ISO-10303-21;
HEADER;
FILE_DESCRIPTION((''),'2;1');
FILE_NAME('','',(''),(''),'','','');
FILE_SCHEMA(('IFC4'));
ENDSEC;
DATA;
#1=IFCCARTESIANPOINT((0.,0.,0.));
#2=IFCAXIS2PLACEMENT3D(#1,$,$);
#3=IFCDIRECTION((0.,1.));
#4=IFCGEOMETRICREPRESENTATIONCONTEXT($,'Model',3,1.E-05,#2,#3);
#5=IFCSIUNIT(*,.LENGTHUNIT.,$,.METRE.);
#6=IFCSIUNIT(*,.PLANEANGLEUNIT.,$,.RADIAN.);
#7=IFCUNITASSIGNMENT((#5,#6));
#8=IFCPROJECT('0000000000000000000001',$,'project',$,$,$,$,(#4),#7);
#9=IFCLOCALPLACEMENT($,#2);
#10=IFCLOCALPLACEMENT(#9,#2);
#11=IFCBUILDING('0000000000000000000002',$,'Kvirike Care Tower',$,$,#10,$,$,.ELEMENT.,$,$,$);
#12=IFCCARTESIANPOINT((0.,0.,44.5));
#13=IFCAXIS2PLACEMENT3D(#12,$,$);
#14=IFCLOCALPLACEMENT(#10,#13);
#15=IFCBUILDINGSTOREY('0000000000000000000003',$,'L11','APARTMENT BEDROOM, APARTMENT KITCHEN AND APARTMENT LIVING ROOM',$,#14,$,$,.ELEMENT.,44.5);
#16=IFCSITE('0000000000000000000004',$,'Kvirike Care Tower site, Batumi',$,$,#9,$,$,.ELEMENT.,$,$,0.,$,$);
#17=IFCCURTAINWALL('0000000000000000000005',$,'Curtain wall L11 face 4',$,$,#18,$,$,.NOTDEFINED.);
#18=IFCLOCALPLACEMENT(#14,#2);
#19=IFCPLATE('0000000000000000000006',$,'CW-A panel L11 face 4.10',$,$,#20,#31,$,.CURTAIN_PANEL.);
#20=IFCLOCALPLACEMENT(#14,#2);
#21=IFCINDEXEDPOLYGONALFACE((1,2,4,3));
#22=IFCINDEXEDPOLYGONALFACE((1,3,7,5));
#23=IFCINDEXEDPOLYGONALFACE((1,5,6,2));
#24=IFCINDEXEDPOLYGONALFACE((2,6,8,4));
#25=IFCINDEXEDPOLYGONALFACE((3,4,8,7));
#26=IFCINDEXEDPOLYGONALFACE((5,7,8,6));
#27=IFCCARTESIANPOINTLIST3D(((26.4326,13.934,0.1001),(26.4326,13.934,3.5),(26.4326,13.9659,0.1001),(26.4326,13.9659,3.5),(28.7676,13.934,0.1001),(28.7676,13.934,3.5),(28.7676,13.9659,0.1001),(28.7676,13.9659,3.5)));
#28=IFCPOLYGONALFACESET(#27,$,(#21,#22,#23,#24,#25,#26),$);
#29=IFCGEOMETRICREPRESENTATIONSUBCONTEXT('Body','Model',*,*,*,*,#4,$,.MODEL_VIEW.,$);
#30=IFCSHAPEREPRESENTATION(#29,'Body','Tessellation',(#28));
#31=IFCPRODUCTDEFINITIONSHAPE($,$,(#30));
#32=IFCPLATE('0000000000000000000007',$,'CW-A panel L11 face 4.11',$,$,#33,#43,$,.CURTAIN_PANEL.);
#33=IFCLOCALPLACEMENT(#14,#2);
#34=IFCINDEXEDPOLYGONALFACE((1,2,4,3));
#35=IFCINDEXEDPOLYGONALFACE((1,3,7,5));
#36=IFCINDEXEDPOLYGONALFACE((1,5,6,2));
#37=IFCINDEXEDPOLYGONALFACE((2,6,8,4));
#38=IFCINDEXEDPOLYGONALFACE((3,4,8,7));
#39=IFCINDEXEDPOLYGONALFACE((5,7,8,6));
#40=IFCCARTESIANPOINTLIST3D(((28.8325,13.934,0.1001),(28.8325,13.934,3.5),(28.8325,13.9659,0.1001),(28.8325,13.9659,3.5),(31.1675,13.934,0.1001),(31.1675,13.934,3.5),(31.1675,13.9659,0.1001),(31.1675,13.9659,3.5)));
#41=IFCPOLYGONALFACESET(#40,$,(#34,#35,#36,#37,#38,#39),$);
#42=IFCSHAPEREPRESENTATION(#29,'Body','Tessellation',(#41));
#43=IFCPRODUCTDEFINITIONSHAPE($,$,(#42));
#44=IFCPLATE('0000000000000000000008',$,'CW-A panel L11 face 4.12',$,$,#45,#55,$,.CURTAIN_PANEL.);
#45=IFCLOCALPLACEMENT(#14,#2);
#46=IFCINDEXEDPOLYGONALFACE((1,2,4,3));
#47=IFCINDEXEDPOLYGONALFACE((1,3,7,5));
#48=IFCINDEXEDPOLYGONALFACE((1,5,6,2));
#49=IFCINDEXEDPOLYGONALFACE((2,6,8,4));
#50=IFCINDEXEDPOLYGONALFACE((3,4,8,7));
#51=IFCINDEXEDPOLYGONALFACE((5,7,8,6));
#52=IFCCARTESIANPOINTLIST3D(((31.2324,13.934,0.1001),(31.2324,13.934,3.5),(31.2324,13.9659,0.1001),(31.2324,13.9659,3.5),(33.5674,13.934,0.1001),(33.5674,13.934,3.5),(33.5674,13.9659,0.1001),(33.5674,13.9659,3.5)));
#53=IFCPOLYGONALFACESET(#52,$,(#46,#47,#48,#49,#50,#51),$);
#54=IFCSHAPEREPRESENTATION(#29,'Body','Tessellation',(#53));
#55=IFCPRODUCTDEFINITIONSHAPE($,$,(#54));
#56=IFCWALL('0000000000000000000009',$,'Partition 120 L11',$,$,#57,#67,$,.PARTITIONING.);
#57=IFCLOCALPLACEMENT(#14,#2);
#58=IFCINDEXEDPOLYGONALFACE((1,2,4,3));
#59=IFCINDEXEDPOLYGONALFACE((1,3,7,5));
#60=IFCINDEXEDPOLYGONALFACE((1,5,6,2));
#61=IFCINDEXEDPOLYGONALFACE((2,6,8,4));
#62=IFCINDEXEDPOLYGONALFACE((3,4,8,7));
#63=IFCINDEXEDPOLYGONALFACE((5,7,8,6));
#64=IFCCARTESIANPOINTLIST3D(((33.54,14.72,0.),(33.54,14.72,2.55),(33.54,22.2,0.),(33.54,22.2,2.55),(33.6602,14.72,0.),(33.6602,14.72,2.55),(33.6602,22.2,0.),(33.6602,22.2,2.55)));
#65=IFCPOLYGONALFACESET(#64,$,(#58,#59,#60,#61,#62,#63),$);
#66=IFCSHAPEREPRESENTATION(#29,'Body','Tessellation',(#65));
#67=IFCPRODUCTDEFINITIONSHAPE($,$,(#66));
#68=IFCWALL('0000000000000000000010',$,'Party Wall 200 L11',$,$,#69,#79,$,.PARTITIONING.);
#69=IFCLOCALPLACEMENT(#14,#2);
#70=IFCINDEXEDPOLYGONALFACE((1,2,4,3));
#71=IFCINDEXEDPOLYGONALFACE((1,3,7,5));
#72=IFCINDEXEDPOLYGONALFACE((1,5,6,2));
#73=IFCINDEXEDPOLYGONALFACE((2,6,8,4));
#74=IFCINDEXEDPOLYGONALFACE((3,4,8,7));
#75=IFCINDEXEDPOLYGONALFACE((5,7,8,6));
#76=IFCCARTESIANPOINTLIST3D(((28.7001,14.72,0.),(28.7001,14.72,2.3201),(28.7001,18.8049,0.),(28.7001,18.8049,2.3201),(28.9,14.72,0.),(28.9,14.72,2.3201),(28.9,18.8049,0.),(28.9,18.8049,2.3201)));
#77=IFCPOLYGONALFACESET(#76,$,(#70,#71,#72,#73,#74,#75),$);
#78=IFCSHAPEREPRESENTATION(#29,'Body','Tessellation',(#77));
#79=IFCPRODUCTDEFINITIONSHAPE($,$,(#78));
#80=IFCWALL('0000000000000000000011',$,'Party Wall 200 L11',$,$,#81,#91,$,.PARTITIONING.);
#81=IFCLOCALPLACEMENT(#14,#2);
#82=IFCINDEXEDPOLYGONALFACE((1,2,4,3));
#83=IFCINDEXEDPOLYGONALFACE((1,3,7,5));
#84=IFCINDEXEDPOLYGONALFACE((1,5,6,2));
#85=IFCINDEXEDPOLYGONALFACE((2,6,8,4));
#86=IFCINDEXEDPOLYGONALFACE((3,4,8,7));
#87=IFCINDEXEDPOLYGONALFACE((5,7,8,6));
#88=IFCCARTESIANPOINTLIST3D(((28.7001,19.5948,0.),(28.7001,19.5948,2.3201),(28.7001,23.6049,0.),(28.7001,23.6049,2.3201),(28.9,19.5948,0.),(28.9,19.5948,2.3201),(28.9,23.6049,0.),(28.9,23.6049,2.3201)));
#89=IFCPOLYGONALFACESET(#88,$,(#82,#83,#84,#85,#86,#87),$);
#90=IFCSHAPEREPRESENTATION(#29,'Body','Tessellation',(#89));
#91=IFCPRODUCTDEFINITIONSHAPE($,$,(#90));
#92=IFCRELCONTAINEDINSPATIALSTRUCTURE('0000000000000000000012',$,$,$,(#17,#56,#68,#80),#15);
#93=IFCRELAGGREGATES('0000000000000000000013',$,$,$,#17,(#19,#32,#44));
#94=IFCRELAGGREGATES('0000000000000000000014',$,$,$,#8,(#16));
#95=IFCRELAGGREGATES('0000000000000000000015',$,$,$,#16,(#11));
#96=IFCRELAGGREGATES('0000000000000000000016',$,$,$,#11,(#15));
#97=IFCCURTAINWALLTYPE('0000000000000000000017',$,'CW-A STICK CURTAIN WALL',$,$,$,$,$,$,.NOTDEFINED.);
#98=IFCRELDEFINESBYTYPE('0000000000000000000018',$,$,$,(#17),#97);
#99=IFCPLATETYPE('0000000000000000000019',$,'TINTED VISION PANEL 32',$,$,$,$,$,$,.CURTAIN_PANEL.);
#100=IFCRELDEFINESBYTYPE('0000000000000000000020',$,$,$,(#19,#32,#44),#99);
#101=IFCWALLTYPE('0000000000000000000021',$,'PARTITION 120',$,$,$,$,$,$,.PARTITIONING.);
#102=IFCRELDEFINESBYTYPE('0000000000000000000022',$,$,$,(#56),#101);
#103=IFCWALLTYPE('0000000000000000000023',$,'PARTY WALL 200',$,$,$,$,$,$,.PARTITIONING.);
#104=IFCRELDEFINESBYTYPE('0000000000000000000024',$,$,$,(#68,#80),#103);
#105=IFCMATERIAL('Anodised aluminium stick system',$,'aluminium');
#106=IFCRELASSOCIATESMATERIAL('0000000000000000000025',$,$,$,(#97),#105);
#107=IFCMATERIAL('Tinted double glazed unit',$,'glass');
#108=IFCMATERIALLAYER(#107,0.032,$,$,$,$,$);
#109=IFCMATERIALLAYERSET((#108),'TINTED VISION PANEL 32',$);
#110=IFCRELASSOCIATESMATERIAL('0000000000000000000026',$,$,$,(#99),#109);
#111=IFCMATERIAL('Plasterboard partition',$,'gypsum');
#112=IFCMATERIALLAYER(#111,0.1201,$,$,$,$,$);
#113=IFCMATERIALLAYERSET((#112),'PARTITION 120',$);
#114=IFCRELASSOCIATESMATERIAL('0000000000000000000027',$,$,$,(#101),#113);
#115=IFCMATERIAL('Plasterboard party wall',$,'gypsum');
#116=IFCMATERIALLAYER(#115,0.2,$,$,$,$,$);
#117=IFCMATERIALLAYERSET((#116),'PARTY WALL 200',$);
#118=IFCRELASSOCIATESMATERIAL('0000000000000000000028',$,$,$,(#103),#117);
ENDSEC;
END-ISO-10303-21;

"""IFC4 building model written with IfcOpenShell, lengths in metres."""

from ifc_helpers import new_model, si_unit, direction, frame, frame_2d, origin, origin_2d, place, context, subcontext, project, spatial, rectangle, extrude, material, layer, layer_set, type_object, element, aggregate, save


model = new_model("IFC4")

# Units and contexts
model_context = context("Model", 3, precision=1e-05, world=origin(), true_north=direction((0.0, 1.0)))
body_context = subcontext(model_context, "Body", "Model", "MODEL_VIEW")
ifc_project = project(units=[si_unit("LENGTHUNIT", "METRE"), si_unit("PLANEANGLEUNIT", "RADIAN")], contexts=[model_context])

# Site, building, storey
site_placement = place(None, origin())
site = spatial("IfcSite", under=ifc_project, at=site_placement, Name="Kvirike Care Tower site, Batumi", CompositionType="ELEMENT", RefElevation=0.0)
building_placement = place(site_placement, origin())
building = spatial("IfcBuilding", under=site, at=building_placement, Name="Kvirike Care Tower", CompositionType="ELEMENT")
storey_placement = place(building_placement, frame((0.0, 0.0, 44.5)))
storey = spatial("IfcBuildingStorey", under=building, at=storey_placement, Name="L11", Description="APARTMENT BEDROOM, APARTMENT KITCHEN AND APARTMENT LIVING ROOM", CompositionType="ELEMENT", Elevation=44.5)

# Curtain wall
ifc_material_1 = material(Name="Anodised aluminium stick system", Category="aluminium")
curtain_wall_type = type_object("IfcCurtainWallType", Name="CW-A STICK CURTAIN WALL", PredefinedType="NOTDEFINED", material=ifc_material_1)
curtain_wall_placement = place(storey_placement, origin())
curtain_wall = element("IfcCurtainWall", 1, at=curtain_wall_placement, inside=storey, type_object=curtain_wall_type, Name="Curtain wall L11 face 4", PredefinedType="NOTDEFINED")

# Plates
ifc_material_2 = material(Name="Tinted double glazed unit", Category="glass")
ifc_layer_1 = layer(ifc_material_2, 0.032)
ifc_layer_set_1 = layer_set([ifc_layer_1], Name="TINTED VISION PANEL 32")
plate_type = type_object("IfcPlateType", Name="TINTED VISION PANEL 32", PredefinedType="CURTAIN_PANEL", material=ifc_layer_set_1)
plate_1_placement = place(storey_placement, frame((27.6001, 13.95, 0.1001), z_axis=(0.0, 0.0, 1.0), x_axis=(1.0, 0.0, 0.0)))
plate_1 = element("IfcPlate", 2, at=plate_1_placement, type_object=plate_type, Name="CW-A panel L11 face 4.10", PredefinedType="CURTAIN_PANEL", context=body_context, shape_type="SweptSolid", body=[
    extrude(rectangle(XDim=2.335, YDim=0.032, at=origin_2d()), origin(), (0.0, 0.0, 1.0), 3.3999),
])
plate_2_placement = place(storey_placement, frame((30.0, 13.95, 0.1001), z_axis=(0.0, 0.0, 1.0), x_axis=(1.0, 0.0, 0.0)))
plate_2 = element("IfcPlate", 3, at=plate_2_placement, type_object=plate_type, Name="CW-A panel L11 face 4.11", PredefinedType="CURTAIN_PANEL", context=body_context, shape_type="SweptSolid", body=[
    extrude(rectangle(XDim=2.335, YDim=0.032, at=origin_2d()), origin(), (0.0, 0.0, 1.0), 3.3999),
])
plate_3_placement = place(storey_placement, frame((32.3999, 13.95, 0.1001), z_axis=(0.0, 0.0, 1.0), x_axis=(1.0, 0.0, 0.0)))
plate_3 = element("IfcPlate", 4, at=plate_3_placement, type_object=plate_type, Name="CW-A panel L11 face 4.12", PredefinedType="CURTAIN_PANEL", context=body_context, shape_type="SweptSolid", body=[
    extrude(rectangle(XDim=2.335, YDim=0.032, at=origin_2d()), origin(), (0.0, 0.0, 1.0), 3.3999),
])
aggregate(curtain_wall, [plate_1, plate_2, plate_3])

# Walls
ifc_material_3 = material(Name="Plasterboard partition", Category="gypsum")
ifc_layer_2 = layer(ifc_material_3, 0.1201)
ifc_layer_set_2 = layer_set([ifc_layer_2], Name="PARTITION 120")
wall_type_1 = type_object("IfcWallType", Name="PARTITION 120", PredefinedType="PARTITIONING", material=ifc_layer_set_2)
wall_1_placement = place(storey_placement, frame((33.6001, 14.72, 0.0), z_axis=(0.0, 0.0, 1.0), x_axis=(0.0, 1.0, 0.0)))
element("IfcWall", 5, at=wall_1_placement, inside=storey, type_object=wall_type_1, Name="Partition 120 L11", PredefinedType="PARTITIONING", context=body_context, shape_type="SweptSolid", body=[
    extrude(rectangle(XDim=7.48, YDim=0.1201, at=frame_2d((3.74, 0.0))), origin(), (0.0, 0.0, 1.0), 2.55),
])
ifc_material_4 = material(Name="Plasterboard party wall", Category="gypsum")
ifc_layer_3 = layer(ifc_material_4, 0.2)
ifc_layer_set_3 = layer_set([ifc_layer_3], Name="PARTY WALL 200")
wall_type_2 = type_object("IfcWallType", Name="PARTY WALL 200", PredefinedType="PARTITIONING", material=ifc_layer_set_3)
wall_2_placement = place(storey_placement, frame((28.8, 14.72, 0.0), z_axis=(0.0, 0.0, 1.0), x_axis=(0.0, 1.0, 0.0)))
element("IfcWall", 6, at=wall_2_placement, inside=storey, type_object=wall_type_2, Name="Party Wall 200 L11", PredefinedType="PARTITIONING", context=body_context, shape_type="SweptSolid", body=[
    extrude(rectangle(XDim=4.085, YDim=0.2, at=frame_2d((2.0425, 0.0))), origin(), (0.0, 0.0, 1.0), 2.3201),
])
wall_3_placement = place(storey_placement, frame((28.8, 19.595, 0.0), z_axis=(0.0, 0.0, 1.0), x_axis=(0.0, 1.0, 0.0)))
element("IfcWall", 7, at=wall_3_placement, inside=storey, type_object=wall_type_2, Name="Party Wall 200 L11", PredefinedType="PARTITIONING", context=body_context, shape_type="SweptSolid", body=[
    extrude(rectangle(XDim=4.01, YDim=0.2, at=frame_2d((2.0049, 0.0))), origin(), (0.0, 0.0, 1.0), 2.3201),
])

save(model, "model.ifc")
